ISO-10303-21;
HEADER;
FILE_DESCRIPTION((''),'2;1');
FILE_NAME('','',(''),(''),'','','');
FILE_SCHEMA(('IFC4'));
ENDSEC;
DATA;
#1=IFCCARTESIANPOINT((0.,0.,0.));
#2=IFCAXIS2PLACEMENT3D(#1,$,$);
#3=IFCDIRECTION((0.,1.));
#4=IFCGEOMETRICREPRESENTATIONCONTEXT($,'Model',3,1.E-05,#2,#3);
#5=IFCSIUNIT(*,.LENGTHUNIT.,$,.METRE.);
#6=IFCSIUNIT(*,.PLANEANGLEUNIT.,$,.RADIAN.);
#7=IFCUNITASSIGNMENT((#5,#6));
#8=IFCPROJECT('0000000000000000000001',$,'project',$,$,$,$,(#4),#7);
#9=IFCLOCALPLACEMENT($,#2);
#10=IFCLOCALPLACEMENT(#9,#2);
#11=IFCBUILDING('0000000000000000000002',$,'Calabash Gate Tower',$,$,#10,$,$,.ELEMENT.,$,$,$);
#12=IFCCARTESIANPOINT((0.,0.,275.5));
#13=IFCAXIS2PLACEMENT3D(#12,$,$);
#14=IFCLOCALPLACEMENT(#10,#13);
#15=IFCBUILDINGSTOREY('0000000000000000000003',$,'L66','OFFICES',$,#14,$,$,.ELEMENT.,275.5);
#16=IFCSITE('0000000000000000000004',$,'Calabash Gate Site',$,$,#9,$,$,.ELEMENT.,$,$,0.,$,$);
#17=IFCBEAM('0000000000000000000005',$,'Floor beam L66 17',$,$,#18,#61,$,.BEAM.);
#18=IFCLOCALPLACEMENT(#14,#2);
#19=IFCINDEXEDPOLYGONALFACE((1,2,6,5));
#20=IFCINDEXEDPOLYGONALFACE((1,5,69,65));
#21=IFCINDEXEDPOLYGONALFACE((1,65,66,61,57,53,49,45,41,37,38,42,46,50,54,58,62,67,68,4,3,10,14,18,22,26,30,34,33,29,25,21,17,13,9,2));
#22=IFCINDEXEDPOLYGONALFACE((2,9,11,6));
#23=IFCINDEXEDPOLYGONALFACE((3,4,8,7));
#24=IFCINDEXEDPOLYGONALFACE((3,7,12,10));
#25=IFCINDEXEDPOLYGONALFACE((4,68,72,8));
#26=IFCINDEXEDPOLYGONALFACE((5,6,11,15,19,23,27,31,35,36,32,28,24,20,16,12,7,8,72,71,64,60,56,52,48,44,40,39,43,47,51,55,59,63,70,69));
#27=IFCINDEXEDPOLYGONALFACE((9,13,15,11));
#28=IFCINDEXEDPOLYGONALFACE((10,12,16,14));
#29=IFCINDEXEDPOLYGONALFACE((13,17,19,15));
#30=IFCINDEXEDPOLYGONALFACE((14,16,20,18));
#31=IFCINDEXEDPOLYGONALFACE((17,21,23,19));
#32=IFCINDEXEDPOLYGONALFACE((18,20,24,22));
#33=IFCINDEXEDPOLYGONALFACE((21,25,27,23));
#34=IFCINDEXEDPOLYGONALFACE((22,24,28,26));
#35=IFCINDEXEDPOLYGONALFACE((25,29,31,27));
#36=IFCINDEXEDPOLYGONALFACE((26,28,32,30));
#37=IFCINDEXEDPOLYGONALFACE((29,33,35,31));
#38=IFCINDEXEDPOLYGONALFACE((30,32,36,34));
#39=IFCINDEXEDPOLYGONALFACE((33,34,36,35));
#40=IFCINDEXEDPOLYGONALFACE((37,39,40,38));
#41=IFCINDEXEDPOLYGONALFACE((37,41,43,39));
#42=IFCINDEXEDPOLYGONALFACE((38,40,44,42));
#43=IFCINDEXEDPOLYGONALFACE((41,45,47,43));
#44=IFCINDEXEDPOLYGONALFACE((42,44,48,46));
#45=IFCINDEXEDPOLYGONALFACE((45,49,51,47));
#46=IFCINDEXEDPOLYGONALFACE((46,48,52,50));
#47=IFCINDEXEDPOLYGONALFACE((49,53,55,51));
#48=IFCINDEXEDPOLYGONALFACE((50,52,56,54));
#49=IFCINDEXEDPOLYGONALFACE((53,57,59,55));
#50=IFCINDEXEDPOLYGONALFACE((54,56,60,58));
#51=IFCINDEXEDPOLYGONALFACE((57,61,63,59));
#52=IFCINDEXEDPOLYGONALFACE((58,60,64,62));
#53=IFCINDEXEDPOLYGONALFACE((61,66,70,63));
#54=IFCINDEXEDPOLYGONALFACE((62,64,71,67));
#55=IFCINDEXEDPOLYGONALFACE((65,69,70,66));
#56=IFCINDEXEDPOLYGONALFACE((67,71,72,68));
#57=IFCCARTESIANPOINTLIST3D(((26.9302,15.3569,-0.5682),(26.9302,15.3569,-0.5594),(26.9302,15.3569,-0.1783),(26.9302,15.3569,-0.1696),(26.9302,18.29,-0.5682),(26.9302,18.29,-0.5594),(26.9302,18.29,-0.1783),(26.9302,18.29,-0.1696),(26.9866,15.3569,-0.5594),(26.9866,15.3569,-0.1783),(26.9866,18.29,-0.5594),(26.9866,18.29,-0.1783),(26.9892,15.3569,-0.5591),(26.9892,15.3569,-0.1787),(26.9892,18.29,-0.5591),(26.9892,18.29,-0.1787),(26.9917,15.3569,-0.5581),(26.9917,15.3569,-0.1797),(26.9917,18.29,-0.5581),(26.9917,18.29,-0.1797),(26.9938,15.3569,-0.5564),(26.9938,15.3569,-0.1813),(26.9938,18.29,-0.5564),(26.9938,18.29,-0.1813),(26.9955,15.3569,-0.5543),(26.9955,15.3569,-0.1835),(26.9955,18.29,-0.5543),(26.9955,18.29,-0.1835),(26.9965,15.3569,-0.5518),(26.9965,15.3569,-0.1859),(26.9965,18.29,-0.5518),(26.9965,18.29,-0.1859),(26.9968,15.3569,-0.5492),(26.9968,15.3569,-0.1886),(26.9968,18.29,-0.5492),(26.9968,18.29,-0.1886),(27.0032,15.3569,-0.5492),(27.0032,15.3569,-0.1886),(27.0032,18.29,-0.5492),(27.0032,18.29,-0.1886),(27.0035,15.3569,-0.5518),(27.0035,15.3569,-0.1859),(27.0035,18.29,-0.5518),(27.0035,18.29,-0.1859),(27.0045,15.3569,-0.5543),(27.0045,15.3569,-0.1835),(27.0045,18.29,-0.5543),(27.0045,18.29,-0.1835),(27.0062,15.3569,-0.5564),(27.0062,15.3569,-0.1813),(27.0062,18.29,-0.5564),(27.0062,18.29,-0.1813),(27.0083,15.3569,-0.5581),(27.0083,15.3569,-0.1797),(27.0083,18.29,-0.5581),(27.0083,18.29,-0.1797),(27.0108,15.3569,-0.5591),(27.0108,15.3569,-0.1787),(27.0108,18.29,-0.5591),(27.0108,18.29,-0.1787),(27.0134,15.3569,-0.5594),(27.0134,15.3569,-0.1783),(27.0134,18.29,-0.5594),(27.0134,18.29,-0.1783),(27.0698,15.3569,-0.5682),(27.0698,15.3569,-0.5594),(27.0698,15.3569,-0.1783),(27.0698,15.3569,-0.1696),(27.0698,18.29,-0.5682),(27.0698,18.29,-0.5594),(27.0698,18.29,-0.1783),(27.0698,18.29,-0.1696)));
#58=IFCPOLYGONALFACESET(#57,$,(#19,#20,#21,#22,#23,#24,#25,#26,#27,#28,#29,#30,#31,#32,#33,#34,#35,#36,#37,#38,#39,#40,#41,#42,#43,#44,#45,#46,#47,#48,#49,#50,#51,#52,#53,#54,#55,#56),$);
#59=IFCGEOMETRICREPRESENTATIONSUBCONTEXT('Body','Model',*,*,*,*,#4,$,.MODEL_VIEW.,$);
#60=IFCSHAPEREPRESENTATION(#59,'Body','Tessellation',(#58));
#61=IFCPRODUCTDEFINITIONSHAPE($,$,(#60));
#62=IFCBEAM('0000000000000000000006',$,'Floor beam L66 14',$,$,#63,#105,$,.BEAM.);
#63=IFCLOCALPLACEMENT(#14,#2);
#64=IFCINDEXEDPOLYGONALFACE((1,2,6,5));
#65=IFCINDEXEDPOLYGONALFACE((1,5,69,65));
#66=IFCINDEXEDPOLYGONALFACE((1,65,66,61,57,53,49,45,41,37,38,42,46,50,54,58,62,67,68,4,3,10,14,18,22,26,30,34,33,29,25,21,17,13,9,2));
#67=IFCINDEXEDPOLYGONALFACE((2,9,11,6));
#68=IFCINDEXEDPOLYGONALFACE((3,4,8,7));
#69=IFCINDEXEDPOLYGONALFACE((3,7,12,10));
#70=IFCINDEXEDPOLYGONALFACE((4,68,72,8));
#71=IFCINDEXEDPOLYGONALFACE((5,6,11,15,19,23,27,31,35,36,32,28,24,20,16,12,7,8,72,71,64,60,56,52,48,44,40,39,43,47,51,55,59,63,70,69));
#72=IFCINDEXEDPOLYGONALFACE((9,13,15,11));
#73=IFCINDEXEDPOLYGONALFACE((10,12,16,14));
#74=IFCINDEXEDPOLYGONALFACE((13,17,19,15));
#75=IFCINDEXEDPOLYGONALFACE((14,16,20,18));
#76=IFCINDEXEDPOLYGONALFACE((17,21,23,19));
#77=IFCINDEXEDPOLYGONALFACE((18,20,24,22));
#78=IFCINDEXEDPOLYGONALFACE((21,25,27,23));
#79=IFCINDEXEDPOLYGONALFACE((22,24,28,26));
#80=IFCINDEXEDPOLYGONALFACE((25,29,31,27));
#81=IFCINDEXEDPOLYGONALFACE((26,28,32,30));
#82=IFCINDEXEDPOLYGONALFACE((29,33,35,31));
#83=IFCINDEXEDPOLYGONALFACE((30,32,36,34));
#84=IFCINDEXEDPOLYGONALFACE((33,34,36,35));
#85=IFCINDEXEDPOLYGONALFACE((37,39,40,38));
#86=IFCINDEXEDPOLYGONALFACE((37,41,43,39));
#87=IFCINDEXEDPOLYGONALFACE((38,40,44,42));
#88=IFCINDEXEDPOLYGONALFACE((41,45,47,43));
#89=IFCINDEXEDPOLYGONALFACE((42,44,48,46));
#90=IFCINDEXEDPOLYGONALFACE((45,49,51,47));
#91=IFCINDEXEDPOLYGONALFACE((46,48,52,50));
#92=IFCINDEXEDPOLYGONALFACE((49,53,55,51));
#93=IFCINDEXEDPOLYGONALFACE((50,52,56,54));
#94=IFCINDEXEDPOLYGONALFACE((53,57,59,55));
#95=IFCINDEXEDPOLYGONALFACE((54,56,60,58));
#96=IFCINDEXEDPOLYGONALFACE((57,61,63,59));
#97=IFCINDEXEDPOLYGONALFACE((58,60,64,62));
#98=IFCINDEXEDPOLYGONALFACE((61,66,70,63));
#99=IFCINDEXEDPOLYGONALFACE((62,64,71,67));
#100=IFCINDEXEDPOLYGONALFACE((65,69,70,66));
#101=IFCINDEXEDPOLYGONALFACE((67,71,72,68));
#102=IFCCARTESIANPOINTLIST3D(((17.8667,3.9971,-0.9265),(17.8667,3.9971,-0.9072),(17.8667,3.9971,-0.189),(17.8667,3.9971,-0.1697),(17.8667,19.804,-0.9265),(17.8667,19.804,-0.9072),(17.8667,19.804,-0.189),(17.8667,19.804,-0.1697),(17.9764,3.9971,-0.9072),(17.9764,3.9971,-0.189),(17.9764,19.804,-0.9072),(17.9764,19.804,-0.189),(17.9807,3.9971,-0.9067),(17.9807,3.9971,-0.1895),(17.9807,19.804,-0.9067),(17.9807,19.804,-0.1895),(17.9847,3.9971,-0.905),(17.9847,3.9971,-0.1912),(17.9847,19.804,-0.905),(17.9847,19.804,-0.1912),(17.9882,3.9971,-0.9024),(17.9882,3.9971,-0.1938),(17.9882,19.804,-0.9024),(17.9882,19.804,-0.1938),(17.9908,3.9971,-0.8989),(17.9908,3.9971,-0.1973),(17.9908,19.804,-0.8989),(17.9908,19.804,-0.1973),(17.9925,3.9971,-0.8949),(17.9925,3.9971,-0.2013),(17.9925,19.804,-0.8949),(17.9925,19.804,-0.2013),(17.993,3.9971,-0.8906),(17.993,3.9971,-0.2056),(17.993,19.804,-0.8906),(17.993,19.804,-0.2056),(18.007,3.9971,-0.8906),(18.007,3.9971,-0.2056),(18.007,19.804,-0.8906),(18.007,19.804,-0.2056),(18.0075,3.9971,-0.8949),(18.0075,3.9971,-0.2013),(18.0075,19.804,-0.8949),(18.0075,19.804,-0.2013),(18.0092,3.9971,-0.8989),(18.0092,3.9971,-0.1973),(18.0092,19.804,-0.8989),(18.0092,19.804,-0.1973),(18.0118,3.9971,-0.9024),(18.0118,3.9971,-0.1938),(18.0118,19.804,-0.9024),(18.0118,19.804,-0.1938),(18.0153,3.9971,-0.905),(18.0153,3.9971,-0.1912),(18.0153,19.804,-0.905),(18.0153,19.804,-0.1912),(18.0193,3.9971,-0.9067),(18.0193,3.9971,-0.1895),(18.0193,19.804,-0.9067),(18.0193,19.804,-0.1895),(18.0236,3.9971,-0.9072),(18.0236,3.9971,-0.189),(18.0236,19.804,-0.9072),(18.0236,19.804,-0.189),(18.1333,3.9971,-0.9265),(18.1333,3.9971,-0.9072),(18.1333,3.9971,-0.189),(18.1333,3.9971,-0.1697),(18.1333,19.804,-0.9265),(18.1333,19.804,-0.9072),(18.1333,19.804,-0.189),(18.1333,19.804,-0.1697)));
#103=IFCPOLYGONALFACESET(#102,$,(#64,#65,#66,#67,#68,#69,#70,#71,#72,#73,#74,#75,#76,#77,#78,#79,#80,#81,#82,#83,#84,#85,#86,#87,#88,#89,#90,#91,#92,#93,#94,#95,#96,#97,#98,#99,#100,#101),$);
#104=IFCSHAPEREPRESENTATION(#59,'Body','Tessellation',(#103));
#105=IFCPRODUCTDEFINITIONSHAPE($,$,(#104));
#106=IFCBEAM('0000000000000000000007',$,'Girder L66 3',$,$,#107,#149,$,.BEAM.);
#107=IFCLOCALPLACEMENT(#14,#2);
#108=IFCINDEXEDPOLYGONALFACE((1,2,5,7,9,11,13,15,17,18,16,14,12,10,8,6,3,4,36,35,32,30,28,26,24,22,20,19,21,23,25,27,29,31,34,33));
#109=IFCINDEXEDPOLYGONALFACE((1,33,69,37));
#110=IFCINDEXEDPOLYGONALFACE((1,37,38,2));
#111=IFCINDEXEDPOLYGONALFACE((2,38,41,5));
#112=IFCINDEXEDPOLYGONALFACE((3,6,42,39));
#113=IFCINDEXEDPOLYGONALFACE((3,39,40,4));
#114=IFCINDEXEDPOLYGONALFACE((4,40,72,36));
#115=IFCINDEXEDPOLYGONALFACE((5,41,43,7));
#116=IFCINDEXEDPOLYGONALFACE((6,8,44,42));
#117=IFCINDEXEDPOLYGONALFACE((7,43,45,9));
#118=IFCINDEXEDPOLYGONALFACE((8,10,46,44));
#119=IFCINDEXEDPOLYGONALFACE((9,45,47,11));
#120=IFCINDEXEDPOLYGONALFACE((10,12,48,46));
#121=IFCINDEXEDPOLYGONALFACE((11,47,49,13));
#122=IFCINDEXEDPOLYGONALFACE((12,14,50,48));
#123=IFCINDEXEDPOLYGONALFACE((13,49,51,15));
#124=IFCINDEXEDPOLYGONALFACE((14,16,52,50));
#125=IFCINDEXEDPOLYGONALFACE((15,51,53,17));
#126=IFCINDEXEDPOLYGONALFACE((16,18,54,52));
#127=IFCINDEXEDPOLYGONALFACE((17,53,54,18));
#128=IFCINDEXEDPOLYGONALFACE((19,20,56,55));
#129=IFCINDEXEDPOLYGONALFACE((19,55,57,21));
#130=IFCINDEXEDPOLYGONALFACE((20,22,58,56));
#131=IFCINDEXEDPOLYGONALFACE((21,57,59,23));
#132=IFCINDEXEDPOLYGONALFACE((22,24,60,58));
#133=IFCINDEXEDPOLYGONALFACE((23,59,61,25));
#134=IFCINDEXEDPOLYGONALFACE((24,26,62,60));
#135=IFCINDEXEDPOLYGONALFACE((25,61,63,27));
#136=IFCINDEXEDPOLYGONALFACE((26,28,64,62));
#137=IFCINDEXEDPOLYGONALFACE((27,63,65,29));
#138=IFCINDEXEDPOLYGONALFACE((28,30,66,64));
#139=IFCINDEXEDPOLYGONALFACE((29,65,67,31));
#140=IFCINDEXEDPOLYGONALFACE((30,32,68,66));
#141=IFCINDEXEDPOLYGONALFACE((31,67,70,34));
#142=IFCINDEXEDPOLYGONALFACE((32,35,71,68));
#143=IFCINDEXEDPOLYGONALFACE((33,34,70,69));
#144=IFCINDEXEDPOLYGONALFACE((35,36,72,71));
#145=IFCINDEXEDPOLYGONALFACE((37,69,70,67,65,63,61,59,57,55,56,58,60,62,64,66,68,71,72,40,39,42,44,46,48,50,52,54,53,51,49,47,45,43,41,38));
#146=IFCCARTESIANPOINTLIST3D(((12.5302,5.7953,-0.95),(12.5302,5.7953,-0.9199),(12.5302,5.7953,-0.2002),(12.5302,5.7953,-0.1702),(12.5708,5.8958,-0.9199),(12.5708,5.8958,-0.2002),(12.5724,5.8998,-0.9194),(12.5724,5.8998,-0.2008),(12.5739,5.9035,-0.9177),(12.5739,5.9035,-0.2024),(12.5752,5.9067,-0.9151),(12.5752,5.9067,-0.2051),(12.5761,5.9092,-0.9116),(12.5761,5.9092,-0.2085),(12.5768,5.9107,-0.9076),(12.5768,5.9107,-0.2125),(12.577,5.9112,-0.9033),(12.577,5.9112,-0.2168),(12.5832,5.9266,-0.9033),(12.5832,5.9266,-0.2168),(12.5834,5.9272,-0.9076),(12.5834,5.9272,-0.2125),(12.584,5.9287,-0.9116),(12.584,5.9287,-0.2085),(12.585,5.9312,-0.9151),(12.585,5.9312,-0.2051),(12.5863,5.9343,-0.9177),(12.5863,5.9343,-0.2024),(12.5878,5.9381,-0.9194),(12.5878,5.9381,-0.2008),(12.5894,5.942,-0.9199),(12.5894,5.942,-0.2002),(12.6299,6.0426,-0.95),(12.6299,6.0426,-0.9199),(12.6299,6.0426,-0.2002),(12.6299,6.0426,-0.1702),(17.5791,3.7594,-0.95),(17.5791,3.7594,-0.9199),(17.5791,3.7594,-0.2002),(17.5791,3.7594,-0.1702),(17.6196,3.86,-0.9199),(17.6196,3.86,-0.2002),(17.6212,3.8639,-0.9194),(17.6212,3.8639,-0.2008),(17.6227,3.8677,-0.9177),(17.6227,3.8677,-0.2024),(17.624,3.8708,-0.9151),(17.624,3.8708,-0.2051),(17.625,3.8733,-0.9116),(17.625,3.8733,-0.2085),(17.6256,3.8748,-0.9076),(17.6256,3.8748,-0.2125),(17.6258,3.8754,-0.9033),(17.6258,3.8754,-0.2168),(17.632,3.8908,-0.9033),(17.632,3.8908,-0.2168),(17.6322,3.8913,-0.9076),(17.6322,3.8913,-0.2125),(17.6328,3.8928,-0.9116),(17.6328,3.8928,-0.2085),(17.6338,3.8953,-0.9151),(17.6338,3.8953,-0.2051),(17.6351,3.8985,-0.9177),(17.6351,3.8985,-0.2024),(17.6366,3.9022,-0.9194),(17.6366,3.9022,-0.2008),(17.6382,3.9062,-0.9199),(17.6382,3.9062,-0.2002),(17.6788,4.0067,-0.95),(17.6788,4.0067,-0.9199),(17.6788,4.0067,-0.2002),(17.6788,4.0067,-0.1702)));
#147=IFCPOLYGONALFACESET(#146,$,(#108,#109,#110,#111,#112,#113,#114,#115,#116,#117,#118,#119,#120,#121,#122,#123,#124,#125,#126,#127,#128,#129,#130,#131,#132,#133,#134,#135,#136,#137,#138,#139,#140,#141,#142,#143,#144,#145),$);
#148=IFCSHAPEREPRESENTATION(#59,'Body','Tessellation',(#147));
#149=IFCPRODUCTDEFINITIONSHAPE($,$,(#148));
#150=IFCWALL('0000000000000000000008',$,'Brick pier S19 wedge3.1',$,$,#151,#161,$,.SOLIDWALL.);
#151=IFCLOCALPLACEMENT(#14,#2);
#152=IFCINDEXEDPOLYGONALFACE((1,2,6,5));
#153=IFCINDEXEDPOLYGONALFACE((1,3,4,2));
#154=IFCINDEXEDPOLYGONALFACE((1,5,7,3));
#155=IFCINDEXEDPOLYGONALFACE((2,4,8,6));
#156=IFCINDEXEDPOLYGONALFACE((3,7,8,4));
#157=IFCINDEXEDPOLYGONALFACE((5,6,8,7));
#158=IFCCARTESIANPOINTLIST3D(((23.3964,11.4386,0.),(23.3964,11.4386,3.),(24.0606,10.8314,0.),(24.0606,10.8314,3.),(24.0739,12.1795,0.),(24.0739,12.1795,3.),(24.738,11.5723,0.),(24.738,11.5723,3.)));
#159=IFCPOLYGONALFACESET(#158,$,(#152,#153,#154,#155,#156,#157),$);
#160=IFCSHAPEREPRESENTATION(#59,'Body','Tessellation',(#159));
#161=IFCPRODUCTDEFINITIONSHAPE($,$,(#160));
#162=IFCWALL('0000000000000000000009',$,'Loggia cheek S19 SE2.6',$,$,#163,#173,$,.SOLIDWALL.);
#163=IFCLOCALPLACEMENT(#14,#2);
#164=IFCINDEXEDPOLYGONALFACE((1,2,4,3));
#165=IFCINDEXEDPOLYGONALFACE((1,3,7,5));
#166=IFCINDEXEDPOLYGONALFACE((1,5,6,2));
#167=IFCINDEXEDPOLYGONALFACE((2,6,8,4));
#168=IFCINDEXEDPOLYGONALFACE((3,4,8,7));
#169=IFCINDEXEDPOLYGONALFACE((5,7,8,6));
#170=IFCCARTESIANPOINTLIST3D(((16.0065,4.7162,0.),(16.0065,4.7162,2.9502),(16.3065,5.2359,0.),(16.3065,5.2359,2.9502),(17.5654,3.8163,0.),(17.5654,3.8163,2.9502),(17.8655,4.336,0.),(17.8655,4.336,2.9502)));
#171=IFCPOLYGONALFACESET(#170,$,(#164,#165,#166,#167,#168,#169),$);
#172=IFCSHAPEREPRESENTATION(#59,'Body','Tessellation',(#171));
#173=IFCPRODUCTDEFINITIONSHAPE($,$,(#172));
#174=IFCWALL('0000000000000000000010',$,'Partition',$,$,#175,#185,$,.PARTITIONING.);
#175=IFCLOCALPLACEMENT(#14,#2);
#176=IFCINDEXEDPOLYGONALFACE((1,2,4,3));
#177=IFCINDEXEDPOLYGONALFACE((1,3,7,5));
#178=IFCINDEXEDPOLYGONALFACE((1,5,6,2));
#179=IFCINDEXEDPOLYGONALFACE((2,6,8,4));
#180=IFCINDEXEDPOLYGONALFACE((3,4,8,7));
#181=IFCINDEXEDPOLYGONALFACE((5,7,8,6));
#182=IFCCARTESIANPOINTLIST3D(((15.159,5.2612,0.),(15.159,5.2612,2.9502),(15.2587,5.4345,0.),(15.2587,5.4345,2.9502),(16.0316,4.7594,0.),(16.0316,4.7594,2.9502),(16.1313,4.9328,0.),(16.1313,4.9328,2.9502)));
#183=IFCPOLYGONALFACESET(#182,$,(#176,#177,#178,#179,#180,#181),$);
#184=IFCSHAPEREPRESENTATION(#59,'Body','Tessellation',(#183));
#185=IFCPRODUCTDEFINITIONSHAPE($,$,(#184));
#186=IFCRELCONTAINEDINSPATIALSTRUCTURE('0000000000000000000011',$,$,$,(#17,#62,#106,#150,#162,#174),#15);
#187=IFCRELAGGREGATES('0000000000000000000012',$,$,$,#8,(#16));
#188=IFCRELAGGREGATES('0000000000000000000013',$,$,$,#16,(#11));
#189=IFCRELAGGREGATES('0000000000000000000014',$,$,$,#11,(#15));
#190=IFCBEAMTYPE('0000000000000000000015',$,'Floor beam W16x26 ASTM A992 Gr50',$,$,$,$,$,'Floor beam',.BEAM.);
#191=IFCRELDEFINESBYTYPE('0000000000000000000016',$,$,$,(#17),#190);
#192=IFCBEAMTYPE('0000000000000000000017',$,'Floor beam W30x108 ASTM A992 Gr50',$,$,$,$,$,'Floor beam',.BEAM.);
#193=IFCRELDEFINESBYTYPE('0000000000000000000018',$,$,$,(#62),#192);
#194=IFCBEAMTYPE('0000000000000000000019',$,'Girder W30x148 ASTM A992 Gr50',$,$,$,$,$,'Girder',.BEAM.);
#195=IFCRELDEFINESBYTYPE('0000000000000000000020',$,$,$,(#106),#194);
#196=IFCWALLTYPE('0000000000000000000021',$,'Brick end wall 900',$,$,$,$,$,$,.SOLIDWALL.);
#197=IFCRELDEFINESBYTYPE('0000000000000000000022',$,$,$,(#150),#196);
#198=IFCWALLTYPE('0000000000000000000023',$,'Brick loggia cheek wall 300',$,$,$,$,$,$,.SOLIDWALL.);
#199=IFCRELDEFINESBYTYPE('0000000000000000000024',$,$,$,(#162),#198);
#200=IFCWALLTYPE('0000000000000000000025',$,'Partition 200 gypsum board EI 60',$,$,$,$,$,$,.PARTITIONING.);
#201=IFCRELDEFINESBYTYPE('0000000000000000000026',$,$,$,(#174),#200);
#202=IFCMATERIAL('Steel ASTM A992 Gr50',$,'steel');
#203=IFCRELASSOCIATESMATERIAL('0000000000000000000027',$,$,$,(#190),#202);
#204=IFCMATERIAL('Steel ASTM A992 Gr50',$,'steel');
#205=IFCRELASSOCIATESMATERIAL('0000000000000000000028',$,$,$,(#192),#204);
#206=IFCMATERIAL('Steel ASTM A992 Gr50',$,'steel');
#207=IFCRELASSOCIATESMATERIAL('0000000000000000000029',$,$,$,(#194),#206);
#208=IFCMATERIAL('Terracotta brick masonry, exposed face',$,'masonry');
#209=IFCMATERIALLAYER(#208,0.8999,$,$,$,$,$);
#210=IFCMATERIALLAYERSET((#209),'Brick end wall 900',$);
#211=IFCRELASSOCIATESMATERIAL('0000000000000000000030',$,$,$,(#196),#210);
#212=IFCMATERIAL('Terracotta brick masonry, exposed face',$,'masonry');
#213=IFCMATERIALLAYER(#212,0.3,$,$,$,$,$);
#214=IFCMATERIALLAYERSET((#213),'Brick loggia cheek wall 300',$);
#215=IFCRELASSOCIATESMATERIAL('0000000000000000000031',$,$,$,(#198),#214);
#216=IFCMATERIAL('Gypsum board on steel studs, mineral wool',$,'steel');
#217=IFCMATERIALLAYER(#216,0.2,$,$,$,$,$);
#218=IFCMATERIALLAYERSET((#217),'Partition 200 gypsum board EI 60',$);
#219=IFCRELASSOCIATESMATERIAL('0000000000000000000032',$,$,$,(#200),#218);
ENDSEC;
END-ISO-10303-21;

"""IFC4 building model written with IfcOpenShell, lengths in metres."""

from ifc_helpers import new_model, si_unit, direction, frame, frame_2d, origin, origin_2d, place, context, subcontext, project, spatial, rectangle, i_section, extrude, material, layer, layer_set, material_profile, profile_set, type_object, element, save


model = new_model("IFC4")

# Units and contexts
model_context = context("Model", 3, precision=1e-05, world=origin(), true_north=direction((0.0, 1.0)))
body_context = subcontext(model_context, "Body", "Model", "MODEL_VIEW")
ifc_project = project(units=[si_unit("LENGTHUNIT", "METRE"), si_unit("PLANEANGLEUNIT", "RADIAN")], contexts=[model_context])

# Site, building, storey
site_placement = place(None, origin())
site = spatial("IfcSite", under=ifc_project, at=site_placement, Name="Calabash Gate Site", CompositionType="ELEMENT", RefElevation=0.0)
building_placement = place(site_placement, origin())
building = spatial("IfcBuilding", under=site, at=building_placement, Name="Calabash Gate Tower", CompositionType="ELEMENT")
storey_placement = place(building_placement, frame((0.0, 0.0, 275.5)))
storey = spatial("IfcBuildingStorey", under=building, at=storey_placement, Name="L66", Description="OFFICES", CompositionType="ELEMENT", Elevation=275.5)

# Beams
ifc_material_1 = material(Name="Steel ASTM A992 Gr50", Category="steel")
ifc_material_profile_1 = material_profile(ifc_material_1, i_section(OverallWidth=0.1396, OverallDepth=0.3987, WebThickness=0.0063, FlangeThickness=0.0088, FilletRadius=0.0103, at=origin_2d()))
ifc_profile_set_1 = profile_set([ifc_material_profile_1], Name="Steel ASTM A992 Gr50")
beam_type_1 = type_object("IfcBeamType", Name="Floor beam W16x26 ASTM A992 Gr50", ElementType="Floor beam", PredefinedType="BEAM", material=ifc_profile_set_1)
beam_1_placement = place(storey_placement, frame((27.0, 15.3569, -0.3689), z_axis=(0.0, 1.0, 0.0), x_axis=(-1.0, 0.0, 0.0)))
element("IfcBeam", 1, at=beam_1_placement, inside=storey, type_object=beam_type_1, Name="Floor beam L66 17", PredefinedType="BEAM", context=body_context, shape_type="SweptSolid", body=[
    extrude(i_section(OverallWidth=0.1396, OverallDepth=0.3987, WebThickness=0.0063, FlangeThickness=0.0088, FilletRadius=0.0103, at=origin_2d()), origin(), (0.0, 0.0, 1.0), 2.9331),
])
ifc_material_2 = material(Name="Steel ASTM A992 Gr50", Category="steel")
ifc_material_profile_2 = material_profile(ifc_material_2, i_section(OverallWidth=0.2666, OverallDepth=0.7568, WebThickness=0.0139, FlangeThickness=0.0193, FilletRadius=0.0166, at=origin_2d()))
ifc_profile_set_2 = profile_set([ifc_material_profile_2], Name="Steel ASTM A992 Gr50")
beam_type_2 = type_object("IfcBeamType", Name="Floor beam W30x108 ASTM A992 Gr50", ElementType="Floor beam", PredefinedType="BEAM", material=ifc_profile_set_2)
beam_2_placement = place(storey_placement, frame((18.0, 3.9971, -0.5481), z_axis=(0.0, 1.0, 0.0), x_axis=(-1.0, 0.0, 0.0)))
element("IfcBeam", 2, at=beam_2_placement, inside=storey, type_object=beam_type_2, Name="Floor beam L66 14", PredefinedType="BEAM", context=body_context, shape_type="SweptSolid", body=[
    extrude(i_section(OverallWidth=0.2666, OverallDepth=0.7568, WebThickness=0.0139, FlangeThickness=0.0193, FilletRadius=0.0166, at=origin_2d()), origin(), (0.0, 0.0, 1.0), 15.8069),
])
ifc_material_3 = material(Name="Steel ASTM A992 Gr50", Category="steel")
ifc_material_profile_3 = material_profile(ifc_material_3, i_section(OverallWidth=0.2666, OverallDepth=0.7798, WebThickness=0.0166, FlangeThickness=0.03, FilletRadius=0.0166, at=origin_2d()))
ifc_profile_set_3 = profile_set([ifc_material_profile_3], Name="Steel ASTM A992 Gr50")
beam_type_3 = type_object("IfcBeamType", Name="Girder W30x148 ASTM A992 Gr50", ElementType="Girder", PredefinedType="BEAM", material=ifc_profile_set_3)
beam_3_placement = place(storey_placement, frame((17.6289, 3.8831, -0.5601), z_axis=(-0.927437, 0.37398, 0.0), x_axis=(-0.37398, -0.927437, 0.0)))
element("IfcBeam", 3, at=beam_3_placement, inside=storey, type_object=beam_type_3, Name="Girder L66 3", PredefinedType="BEAM", context=body_context, shape_type="SweptSolid", body=[
    extrude(i_section(OverallWidth=0.2666, OverallDepth=0.7798, WebThickness=0.0166, FlangeThickness=0.03, FilletRadius=0.0166, at=origin_2d()), origin(), (0.0, 0.0, 1.0), 5.4438),
])

# Walls
ifc_material_4 = material(Name="Terracotta brick masonry, exposed face", Category="masonry")
ifc_layer_1 = layer(ifc_material_4, 0.8999)
ifc_layer_set_1 = layer_set([ifc_layer_1], Name="Brick end wall 900")
wall_type_1 = type_object("IfcWallType", Name="Brick end wall 900", PredefinedType="SOLIDWALL", material=ifc_layer_set_1)
wall_1_placement = place(storey_placement, frame((23.7285, 11.135, 0.0), z_axis=(0.0, 0.0, 1.0), x_axis=(0.674788, 0.738012, 0.0)))
element("IfcWall", 4, at=wall_1_placement, inside=storey, type_object=wall_type_1, Name="Brick pier S19 wedge3.1", PredefinedType="SOLIDWALL", context=body_context, shape_type="SweptSolid", body=[
    extrude(rectangle(XDim=1.0039, YDim=0.8999, at=frame_2d((0.502, 0.0))), origin(), (0.0, 0.0, 1.0), 3.0),
])
ifc_material_5 = material(Name="Terracotta brick masonry, exposed face", Category="masonry")
ifc_layer_2 = layer(ifc_material_5, 0.3)
ifc_layer_set_2 = layer_set([ifc_layer_2], Name="Brick loggia cheek wall 300")
wall_type_2 = type_object("IfcWallType", Name="Brick loggia cheek wall 300", PredefinedType="SOLIDWALL", material=ifc_layer_set_2)
wall_2_placement = place(storey_placement, frame((17.7153, 4.0762, 0.0), z_axis=(0.0, 0.0, 1.0), x_axis=(-0.866048, 0.499961, 0.0)))
element("IfcWall", 5, at=wall_2_placement, inside=storey, type_object=wall_type_2, Name="Loggia cheek S19 SE2.6", PredefinedType="SOLIDWALL", context=body_context, shape_type="SweptSolid", body=[
    extrude(rectangle(XDim=1.8, YDim=0.6001, at=frame_2d((0.8999, 0.0))), origin(), (0.0, 0.0, 1.0), 2.9502),
])
ifc_material_6 = material(Name="Gypsum board on steel studs, mineral wool", Category="steel")
ifc_layer_3 = layer(ifc_material_6, 0.2)
ifc_layer_set_3 = layer_set([ifc_layer_3], Name="Partition 200 gypsum board EI 60")
wall_type_3 = type_object("IfcWallType", Name="Partition 200 gypsum board EI 60", PredefinedType="PARTITIONING", material=ifc_layer_set_3)
wall_3_placement = place(storey_placement, frame((15.2087, 5.3479, 0.0), z_axis=(0.0, 0.0, 1.0), x_axis=(0.866912, -0.498462, 0.0)))
element("IfcWall", 6, at=wall_3_placement, inside=storey, type_object=wall_type_3, Name="Partition", PredefinedType="PARTITIONING", context=body_context, shape_type="SweptSolid", body=[
    extrude(rectangle(XDim=1.0066, YDim=0.2, at=frame_2d((0.5034, 0.0))), origin(), (0.0, 0.0, 1.0), 2.9502),
])

save(model, "model.ifc")
